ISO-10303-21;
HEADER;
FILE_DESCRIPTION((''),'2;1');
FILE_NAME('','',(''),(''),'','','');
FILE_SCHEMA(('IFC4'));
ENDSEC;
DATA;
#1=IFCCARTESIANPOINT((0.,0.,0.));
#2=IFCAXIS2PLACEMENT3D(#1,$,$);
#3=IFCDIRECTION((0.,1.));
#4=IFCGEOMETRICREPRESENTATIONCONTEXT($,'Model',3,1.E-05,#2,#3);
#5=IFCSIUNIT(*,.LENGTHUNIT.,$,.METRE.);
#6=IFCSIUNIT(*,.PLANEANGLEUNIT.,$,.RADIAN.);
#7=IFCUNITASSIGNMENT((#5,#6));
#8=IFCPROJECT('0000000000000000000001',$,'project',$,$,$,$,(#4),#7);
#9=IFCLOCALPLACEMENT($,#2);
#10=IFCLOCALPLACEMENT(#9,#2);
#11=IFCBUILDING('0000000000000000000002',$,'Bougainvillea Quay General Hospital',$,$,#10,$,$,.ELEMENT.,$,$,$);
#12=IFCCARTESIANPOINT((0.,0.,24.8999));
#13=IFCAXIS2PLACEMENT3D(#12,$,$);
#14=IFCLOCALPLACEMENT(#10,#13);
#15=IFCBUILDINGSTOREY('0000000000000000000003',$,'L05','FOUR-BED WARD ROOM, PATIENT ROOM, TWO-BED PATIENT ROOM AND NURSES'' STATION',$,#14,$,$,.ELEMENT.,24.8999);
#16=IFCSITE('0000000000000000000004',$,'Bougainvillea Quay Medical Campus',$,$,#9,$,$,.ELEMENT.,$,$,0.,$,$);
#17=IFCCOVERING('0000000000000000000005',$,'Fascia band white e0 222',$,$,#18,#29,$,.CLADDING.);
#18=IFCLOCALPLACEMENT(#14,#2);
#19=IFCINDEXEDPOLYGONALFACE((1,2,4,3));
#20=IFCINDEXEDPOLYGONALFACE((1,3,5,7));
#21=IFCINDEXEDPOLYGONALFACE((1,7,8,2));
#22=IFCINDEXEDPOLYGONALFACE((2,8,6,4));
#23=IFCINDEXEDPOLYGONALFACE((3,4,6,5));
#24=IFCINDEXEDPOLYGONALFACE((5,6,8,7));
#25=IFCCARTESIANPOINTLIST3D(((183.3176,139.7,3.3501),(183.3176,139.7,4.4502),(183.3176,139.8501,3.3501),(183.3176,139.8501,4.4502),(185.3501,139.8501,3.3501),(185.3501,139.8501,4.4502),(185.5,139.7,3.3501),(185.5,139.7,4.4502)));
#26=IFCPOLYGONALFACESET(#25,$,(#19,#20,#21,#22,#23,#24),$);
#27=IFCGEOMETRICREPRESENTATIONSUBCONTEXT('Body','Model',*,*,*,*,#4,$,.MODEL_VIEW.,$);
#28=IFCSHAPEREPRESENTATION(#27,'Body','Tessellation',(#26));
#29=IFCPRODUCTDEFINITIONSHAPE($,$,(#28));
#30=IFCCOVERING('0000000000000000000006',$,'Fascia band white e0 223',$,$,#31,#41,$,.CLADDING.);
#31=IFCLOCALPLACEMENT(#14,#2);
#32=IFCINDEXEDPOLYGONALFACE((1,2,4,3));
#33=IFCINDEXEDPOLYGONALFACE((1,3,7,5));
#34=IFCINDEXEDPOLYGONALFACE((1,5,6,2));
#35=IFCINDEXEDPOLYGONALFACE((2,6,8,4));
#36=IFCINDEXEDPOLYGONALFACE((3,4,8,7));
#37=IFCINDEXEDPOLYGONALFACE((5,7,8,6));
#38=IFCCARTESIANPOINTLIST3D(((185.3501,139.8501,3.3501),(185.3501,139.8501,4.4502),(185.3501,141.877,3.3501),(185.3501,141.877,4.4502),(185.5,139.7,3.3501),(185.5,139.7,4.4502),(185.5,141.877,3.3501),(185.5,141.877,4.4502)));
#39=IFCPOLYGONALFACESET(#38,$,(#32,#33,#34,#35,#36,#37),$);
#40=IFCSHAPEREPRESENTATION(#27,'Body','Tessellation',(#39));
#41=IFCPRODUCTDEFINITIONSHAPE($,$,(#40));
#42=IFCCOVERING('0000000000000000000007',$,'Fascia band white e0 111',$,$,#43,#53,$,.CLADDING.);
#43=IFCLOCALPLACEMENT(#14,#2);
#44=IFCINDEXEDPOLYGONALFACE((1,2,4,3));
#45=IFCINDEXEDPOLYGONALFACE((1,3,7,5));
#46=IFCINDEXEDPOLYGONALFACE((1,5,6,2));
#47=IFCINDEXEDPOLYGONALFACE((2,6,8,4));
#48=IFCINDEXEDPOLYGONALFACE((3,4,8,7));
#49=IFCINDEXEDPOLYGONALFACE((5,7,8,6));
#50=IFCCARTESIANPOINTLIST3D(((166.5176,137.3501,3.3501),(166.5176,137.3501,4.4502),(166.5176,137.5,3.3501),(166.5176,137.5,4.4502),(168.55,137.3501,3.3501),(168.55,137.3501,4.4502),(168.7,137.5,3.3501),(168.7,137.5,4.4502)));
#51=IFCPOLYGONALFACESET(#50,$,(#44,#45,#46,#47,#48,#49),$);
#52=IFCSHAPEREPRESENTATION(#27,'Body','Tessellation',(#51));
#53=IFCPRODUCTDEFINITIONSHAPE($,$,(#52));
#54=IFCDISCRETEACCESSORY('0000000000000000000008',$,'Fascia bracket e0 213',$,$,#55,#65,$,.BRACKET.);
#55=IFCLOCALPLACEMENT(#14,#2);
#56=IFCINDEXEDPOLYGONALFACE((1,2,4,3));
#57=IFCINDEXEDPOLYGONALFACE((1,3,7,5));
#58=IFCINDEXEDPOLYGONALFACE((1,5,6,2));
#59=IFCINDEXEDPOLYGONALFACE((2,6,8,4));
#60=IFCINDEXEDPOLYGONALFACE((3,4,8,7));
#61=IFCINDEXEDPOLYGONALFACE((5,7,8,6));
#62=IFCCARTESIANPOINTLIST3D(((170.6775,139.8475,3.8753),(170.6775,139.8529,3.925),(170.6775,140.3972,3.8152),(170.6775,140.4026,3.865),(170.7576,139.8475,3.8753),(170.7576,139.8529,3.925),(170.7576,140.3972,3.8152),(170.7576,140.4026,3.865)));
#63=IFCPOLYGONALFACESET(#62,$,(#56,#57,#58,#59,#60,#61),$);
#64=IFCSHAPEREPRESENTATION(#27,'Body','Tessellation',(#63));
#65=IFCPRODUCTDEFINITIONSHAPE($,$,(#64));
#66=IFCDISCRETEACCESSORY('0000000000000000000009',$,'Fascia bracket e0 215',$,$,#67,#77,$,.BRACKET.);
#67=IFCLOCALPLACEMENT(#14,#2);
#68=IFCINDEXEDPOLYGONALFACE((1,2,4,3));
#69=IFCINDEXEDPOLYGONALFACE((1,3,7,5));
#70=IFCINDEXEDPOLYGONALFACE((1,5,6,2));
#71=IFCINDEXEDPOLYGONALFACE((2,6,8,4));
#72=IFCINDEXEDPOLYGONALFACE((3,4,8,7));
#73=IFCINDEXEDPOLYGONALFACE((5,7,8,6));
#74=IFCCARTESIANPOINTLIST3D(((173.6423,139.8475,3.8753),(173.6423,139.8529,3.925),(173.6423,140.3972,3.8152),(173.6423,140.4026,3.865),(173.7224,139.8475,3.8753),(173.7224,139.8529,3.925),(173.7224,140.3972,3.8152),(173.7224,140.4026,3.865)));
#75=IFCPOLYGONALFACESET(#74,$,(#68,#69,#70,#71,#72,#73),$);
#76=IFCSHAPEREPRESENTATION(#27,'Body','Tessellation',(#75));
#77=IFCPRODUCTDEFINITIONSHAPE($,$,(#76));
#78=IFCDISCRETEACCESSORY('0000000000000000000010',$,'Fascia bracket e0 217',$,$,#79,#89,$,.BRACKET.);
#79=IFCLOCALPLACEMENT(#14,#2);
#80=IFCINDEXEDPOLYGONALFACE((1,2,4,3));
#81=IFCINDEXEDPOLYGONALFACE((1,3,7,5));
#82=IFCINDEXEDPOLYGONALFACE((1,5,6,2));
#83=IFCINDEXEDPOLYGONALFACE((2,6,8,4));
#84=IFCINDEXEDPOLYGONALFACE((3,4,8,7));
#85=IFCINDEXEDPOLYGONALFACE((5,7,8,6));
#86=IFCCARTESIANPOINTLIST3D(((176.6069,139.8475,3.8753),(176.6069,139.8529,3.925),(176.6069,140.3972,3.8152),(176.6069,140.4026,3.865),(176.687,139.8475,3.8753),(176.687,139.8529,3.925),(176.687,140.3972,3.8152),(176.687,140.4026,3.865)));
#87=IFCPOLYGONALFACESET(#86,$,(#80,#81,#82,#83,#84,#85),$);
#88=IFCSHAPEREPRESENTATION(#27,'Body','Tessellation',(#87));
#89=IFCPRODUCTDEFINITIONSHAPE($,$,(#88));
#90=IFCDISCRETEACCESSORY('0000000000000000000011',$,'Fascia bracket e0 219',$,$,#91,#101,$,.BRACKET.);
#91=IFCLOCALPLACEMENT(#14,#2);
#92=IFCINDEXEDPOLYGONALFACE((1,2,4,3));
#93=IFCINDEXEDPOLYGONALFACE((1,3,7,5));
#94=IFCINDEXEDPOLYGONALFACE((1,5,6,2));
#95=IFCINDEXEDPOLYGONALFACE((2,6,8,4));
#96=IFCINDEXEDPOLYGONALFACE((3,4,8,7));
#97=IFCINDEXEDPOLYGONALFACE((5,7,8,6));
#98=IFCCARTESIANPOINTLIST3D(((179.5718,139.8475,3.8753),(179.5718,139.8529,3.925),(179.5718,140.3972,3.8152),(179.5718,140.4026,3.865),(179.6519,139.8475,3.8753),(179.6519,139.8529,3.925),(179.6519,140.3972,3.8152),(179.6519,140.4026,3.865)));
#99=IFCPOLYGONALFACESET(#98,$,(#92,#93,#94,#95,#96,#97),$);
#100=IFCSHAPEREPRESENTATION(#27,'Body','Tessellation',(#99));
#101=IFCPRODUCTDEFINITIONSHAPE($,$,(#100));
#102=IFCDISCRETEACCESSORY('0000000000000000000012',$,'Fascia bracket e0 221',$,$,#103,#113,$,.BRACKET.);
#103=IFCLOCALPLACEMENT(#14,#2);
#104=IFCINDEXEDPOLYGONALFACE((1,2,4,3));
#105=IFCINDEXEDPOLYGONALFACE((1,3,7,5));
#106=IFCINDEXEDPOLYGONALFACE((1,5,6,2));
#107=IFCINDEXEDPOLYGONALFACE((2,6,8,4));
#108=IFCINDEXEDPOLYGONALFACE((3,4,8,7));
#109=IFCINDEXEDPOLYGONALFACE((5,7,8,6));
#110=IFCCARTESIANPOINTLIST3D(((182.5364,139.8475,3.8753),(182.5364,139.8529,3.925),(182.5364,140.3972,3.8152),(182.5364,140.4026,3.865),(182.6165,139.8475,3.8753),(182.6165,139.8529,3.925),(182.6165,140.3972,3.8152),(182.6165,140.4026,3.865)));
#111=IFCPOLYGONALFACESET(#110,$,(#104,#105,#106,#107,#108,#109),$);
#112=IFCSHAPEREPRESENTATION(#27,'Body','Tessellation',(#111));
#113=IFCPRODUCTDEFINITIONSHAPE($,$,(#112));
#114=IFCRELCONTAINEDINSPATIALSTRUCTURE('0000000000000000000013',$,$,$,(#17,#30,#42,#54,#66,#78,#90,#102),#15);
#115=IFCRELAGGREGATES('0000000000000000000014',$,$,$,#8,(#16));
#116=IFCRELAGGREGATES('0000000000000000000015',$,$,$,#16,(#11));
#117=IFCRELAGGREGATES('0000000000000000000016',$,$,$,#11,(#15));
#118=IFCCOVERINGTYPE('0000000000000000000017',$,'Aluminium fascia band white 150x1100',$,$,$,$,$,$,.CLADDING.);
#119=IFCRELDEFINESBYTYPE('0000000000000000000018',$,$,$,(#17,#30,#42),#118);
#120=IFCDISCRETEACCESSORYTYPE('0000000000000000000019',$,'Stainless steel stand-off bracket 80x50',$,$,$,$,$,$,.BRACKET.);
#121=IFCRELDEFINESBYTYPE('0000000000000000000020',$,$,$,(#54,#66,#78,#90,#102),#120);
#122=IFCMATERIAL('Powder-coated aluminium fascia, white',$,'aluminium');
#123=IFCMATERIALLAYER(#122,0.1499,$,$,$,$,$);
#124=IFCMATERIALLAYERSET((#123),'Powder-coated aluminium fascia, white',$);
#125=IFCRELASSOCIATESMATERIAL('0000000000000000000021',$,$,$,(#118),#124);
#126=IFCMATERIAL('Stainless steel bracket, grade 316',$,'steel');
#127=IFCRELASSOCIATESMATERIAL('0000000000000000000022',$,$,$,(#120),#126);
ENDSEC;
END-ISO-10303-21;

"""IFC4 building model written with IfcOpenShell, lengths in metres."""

from ifc_helpers import new_model, si_unit, direction, frame, origin, origin_2d, place, context, subcontext, project, spatial, polyline, rectangle, outline, extrude, material, layer, layer_set, material_profile, profile_set, type_object, element, save


model = new_model("IFC4")

# Units and contexts
model_context = context("Model", 3, precision=1e-05, world=origin(), true_north=direction((0.0, 1.0)))
body_context = subcontext(model_context, "Body", "Model", "MODEL_VIEW")
ifc_project = project(units=[si_unit("LENGTHUNIT", "METRE"), si_unit("PLANEANGLEUNIT", "RADIAN")], contexts=[model_context])

# Site, building, storey
site_placement = place(None, origin())
site = spatial("IfcSite", under=ifc_project, at=site_placement, Name="Bougainvillea Quay Medical Campus", CompositionType="ELEMENT", RefElevation=0.0)
building_placement = place(site_placement, origin())
building = spatial("IfcBuilding", under=site, at=building_placement, Name="Bougainvillea Quay General Hospital", CompositionType="ELEMENT")
storey_placement = place(building_placement, frame((0.0, 0.0, 24.8999)))
storey = spatial("IfcBuildingStorey", under=building, at=storey_placement, Name="L05", Description="FOUR-BED WARD ROOM, PATIENT ROOM, TWO-BED PATIENT ROOM AND NURSES' STATION", CompositionType="ELEMENT", Elevation=24.8999)

# Coverings
ifc_material_1 = material(Name="Powder-coated aluminium fascia, white", Category="aluminium")
ifc_layer_1 = layer(ifc_material_1, 0.1499)
ifc_layer_set_1 = layer_set([ifc_layer_1], Name="Powder-coated aluminium fascia, white")
covering_type = type_object("IfcCoveringType", Name="Aluminium fascia band white 150x1100", PredefinedType="CLADDING", material=ifc_layer_set_1)
covering_1_placement = place(storey_placement, frame((183.3176, 139.8501, 3.3501), z_axis=(0.0, 0.0, 1.0), x_axis=(1.0, 0.0, 0.0)))
element("IfcCovering", 1, at=covering_1_placement, inside=storey, type_object=covering_type, Name="Fascia band white e0 222", PredefinedType="CLADDING", context=body_context, shape_type="SweptSolid", body=[
    extrude(outline(polyline([(0.0, 0.0), (2.0325, 0.0), (2.1824, -0.1501), (0.0, -0.1501), (0.0, 0.0)])), origin(), (0.0, 0.0, 1.0), 1.1001),
])
covering_2_placement = place(storey_placement, frame((185.3501, 139.8501, 3.3501), z_axis=(0.0, 0.0, 1.0), x_axis=(0.0, 1.0, 0.0)))
element("IfcCovering", 2, at=covering_2_placement, inside=storey, type_object=covering_type, Name="Fascia band white e0 223", PredefinedType="CLADDING", context=body_context, shape_type="SweptSolid", body=[
    extrude(outline(polyline([(0.0, 0.0), (2.0269, 0.0), (2.0269, -0.1499), (-0.1501, -0.1499), (0.0, 0.0)])), origin(), (0.0, 0.0, 1.0), 1.1001),
])
covering_3_placement = place(storey_placement, frame((168.55, 137.3501, 3.3501), z_axis=(0.0, 0.0, 1.0), x_axis=(-1.0, 0.0, 0.0)))
element("IfcCovering", 3, at=covering_3_placement, inside=storey, type_object=covering_type, Name="Fascia band white e0 111", PredefinedType="CLADDING", context=body_context, shape_type="SweptSolid", body=[
    extrude(outline(polyline([(0.0, 0.0), (2.0325, 0.0), (2.0325, -0.1499), (-0.1499, -0.1499), (0.0, 0.0)])), origin(), (0.0, 0.0, 1.0), 1.1001),
])

# Discrete accessories
ifc_material_2 = material(Name="Stainless steel bracket, grade 316", Category="steel")
ifc_material_profile_1 = material_profile(ifc_material_2, rectangle(XDim=0.0801, YDim=0.05, at=origin_2d()))
ifc_profile_set_1 = profile_set([ifc_material_profile_1], Name="Stainless steel bracket, grade 316")
discrete_accessory_type = type_object("IfcDiscreteAccessoryType", Name="Stainless steel stand-off bracket 80x50", PredefinedType="BRACKET", material=ifc_profile_set_1)
for number, where, z_axis, x_axis, name in (
    (4, (170.7175, 140.3999, 3.8401), (0.0, -0.994087, 0.10859), (1.0, 0.0, 0.0), "Fascia bracket e0 213"),
    (5, (173.6824, 140.3999, 3.8401), (0.0, -0.994087, 0.10859), (1.0, 0.0, 0.0), "Fascia bracket e0 215"),
    (6, (176.647, 140.3999, 3.8401), (0.0, -0.994087, 0.10859), (1.0, 0.0, 0.0), "Fascia bracket e0 217"),
    (7, (179.6118, 140.3999, 3.8401), (0.0, -0.994087, 0.10859), (1.0, 0.0, 0.0), "Fascia bracket e0 219"),
    (8, (182.5764, 140.3999, 3.8401), (0.0, -0.994087, 0.10859), (1.0, 0.0, 0.0), "Fascia bracket e0 221"),
):
    element("IfcDiscreteAccessory", number, at=place(storey_placement, frame(where, z_axis=z_axis, x_axis=x_axis)), inside=storey, type_object=discrete_accessory_type, Name=name, PredefinedType="BRACKET", context=body_context, shape_type="SweptSolid", body=[
        extrude(rectangle(XDim=0.0801, YDim=0.05, at=origin_2d()), origin(), (0.0, 0.0, 1.0), 0.553),
    ])

save(model, "model.ifc")
